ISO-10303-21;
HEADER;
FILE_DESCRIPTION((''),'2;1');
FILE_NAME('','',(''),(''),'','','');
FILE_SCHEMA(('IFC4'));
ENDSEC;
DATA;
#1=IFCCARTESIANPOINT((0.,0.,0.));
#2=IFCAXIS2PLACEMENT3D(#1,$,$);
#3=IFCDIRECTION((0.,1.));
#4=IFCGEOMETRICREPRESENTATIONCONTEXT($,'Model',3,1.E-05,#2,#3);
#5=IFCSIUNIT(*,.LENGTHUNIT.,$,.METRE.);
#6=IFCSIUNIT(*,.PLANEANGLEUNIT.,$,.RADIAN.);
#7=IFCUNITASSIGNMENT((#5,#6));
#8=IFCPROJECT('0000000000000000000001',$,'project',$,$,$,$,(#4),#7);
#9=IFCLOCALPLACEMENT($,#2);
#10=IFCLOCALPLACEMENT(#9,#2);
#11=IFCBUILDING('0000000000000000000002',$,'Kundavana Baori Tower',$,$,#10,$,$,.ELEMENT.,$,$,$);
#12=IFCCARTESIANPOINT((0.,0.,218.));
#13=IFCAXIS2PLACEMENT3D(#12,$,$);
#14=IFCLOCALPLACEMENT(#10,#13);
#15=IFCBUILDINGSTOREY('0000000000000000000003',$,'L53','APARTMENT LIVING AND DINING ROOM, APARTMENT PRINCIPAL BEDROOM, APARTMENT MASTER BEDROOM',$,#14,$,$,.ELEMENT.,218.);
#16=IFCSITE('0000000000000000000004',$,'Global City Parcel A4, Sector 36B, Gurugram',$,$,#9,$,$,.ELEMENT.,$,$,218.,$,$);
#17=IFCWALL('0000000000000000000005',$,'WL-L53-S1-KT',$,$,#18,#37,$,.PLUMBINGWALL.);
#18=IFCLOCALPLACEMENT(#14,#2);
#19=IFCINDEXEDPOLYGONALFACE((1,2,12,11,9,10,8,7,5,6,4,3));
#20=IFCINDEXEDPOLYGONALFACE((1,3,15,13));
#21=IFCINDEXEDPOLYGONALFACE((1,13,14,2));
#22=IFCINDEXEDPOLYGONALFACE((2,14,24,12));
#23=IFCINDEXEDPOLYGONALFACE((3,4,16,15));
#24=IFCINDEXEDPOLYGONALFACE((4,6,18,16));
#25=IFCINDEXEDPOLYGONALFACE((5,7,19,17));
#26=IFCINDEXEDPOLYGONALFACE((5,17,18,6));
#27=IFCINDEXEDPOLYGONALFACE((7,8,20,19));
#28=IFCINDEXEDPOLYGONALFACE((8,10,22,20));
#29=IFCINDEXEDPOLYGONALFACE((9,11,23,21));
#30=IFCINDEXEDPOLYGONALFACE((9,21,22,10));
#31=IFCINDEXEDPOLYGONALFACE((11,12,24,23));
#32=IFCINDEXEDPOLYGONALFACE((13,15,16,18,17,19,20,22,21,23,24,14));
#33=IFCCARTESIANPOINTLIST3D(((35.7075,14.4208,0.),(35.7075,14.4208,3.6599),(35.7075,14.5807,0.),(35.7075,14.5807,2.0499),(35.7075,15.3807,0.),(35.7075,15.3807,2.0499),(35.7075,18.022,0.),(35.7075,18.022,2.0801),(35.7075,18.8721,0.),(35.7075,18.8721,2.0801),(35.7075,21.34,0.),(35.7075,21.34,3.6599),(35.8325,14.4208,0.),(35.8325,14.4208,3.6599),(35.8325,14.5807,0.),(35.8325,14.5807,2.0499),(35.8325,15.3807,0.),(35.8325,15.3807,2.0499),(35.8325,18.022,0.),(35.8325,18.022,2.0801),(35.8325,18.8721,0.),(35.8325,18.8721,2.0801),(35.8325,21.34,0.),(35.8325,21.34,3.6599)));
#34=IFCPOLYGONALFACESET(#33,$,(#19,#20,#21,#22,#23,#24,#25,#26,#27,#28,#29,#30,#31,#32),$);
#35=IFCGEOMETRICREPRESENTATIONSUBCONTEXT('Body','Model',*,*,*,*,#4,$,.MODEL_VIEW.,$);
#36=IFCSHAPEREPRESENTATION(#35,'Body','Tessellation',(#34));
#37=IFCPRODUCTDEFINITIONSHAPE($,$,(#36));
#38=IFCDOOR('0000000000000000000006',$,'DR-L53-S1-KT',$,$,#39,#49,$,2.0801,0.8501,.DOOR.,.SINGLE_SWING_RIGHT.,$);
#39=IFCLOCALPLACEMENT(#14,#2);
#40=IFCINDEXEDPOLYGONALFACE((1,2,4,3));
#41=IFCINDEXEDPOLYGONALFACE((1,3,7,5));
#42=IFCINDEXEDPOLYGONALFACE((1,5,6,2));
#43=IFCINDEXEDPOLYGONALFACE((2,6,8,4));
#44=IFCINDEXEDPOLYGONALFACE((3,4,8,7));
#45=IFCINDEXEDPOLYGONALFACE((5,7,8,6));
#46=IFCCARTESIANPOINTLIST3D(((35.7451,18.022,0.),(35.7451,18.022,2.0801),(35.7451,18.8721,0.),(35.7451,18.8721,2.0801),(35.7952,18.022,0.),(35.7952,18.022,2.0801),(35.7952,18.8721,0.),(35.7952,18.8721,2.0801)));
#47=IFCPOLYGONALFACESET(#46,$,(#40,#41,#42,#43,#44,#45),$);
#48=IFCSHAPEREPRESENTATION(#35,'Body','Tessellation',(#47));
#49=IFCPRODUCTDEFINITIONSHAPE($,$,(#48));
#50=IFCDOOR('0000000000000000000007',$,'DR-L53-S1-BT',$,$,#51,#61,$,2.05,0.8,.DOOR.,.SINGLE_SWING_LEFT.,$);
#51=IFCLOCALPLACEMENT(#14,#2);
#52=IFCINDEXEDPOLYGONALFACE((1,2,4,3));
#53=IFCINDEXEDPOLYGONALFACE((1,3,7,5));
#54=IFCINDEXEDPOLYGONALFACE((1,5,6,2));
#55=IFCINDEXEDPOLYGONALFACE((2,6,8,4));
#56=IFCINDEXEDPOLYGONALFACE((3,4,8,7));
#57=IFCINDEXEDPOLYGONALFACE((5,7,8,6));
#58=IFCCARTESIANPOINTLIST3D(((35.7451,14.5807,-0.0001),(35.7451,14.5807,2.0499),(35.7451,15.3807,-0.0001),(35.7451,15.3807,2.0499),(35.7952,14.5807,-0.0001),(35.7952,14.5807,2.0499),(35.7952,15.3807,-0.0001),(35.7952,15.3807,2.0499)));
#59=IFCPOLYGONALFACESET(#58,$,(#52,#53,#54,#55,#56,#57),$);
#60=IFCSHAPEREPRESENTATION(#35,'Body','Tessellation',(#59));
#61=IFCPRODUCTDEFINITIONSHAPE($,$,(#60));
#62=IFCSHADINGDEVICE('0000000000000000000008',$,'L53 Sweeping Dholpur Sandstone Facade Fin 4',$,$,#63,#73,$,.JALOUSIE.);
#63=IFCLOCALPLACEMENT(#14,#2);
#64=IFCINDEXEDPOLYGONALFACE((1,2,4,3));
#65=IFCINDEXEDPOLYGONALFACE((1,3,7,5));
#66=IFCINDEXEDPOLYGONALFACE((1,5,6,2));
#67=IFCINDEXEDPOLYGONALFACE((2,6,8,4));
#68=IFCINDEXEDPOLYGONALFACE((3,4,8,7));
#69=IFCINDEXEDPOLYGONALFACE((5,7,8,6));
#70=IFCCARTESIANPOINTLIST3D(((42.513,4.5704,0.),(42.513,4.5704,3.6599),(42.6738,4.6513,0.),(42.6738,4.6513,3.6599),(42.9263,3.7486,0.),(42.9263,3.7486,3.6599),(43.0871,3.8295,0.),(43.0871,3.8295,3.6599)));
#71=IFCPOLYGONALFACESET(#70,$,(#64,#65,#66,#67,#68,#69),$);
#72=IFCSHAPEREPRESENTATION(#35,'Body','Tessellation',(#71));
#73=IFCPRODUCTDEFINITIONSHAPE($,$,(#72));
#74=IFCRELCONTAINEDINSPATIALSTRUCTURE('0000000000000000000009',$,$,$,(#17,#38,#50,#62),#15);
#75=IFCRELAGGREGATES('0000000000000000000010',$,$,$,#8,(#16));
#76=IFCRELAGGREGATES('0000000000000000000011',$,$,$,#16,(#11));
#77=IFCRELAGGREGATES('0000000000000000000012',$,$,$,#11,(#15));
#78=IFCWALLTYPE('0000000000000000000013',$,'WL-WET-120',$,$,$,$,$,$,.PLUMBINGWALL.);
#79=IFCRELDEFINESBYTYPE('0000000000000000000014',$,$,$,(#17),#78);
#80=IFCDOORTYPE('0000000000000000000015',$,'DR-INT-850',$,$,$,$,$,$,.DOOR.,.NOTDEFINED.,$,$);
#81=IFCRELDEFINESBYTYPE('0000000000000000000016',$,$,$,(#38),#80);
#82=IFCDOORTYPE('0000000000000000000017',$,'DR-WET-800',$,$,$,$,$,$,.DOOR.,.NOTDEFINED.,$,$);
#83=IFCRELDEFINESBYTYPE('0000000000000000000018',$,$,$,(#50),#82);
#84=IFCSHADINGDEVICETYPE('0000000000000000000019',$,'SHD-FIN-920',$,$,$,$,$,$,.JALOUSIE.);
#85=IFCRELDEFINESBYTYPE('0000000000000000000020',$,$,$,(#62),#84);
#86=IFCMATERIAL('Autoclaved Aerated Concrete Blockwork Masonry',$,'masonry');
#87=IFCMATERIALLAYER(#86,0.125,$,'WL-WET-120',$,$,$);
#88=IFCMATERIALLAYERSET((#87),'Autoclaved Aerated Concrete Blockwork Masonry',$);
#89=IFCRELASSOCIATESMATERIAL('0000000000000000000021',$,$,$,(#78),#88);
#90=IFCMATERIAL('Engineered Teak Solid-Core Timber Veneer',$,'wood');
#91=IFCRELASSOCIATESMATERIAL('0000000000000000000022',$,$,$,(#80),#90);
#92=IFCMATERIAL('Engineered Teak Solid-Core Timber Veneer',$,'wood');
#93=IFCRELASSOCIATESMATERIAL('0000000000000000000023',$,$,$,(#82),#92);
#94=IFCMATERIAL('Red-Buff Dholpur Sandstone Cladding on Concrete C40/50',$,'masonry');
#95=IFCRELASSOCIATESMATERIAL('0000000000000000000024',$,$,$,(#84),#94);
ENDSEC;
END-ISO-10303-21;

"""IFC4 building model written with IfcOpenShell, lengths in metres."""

from ifc_helpers import new_model, si_unit, direction, frame, frame_2d, origin, origin_2d, place, context, subcontext, project, spatial, rectangle, extrude, material, layer, layer_set, type_object, element, fill, save


model = new_model("IFC4")

# Units and contexts
model_context = context("Model", 3, precision=1e-05, world=origin(), true_north=direction((0.0, 1.0)))
body_context = subcontext(model_context, "Body", "Model", "MODEL_VIEW")
ifc_project = project(units=[si_unit("LENGTHUNIT", "METRE"), si_unit("PLANEANGLEUNIT", "RADIAN")], contexts=[model_context])

# Site, building, storey
site_placement = place(None, origin())
site = spatial("IfcSite", under=ifc_project, at=site_placement, Name="Global City Parcel A4, Sector 36B, Gurugram", CompositionType="ELEMENT", RefElevation=218.0)
building_placement = place(site_placement, origin())
building = spatial("IfcBuilding", under=site, at=building_placement, Name="Kundavana Baori Tower", CompositionType="ELEMENT")
storey_placement = place(building_placement, frame((0.0, 0.0, 218.0)))
storey = spatial("IfcBuildingStorey", under=building, at=storey_placement, Name="L53", Description="APARTMENT LIVING AND DINING ROOM, APARTMENT PRINCIPAL BEDROOM, APARTMENT MASTER BEDROOM", CompositionType="ELEMENT", Elevation=218.0)

# Wall, openings, doors
ifc_material_1 = material(Name="Autoclaved Aerated Concrete Blockwork Masonry", Category="masonry")
ifc_layer_1 = layer(ifc_material_1, 0.125, Name="WL-WET-120")
ifc_layer_set_1 = layer_set([ifc_layer_1], Name="Autoclaved Aerated Concrete Blockwork Masonry")
wall_type_1 = type_object("IfcWallType", Name="WL-WET-120", PredefinedType="PLUMBINGWALL", material=ifc_layer_set_1)
wall_1_placement = place(storey_placement, frame((35.77, 14.4209, 0.0), z_axis=(0.0, 0.0, 1.0), x_axis=(0.0, 1.0, 0.0)))
wall_1 = element("IfcWall", 1, at=wall_1_placement, inside=storey, type_object=wall_type_1, Name="WL-L53-S1-KT", PredefinedType="PLUMBINGWALL", context=body_context, shape_type="SweptSolid", body=[
    extrude(rectangle(XDim=6.9192, YDim=0.125, at=frame_2d((3.4595, 0.0))), origin(), (0.0, 0.0, 1.0), 3.6599),
])
opening_1_placement = place(wall_1_placement, frame((0.1599, 0.0, 0.0)))
opening_1 = element("IfcOpeningElement", 2, at=opening_1_placement, cuts=wall_1, PredefinedType="OPENING", context=body_context, shape_type="SweptSolid", body=[
    extrude(rectangle(XDim=0.8, YDim=2.05, at=frame_2d((0.3999, 1.0249))), frame((0.0, 0.0725, 0.0), z_axis=(0.0, -1.0, 0.0), x_axis=(1.0, 0.0, 0.0)), (0.0, 0.0, 1.0), 0.145),
])
opening_2_placement = place(wall_1_placement, frame((3.6011, 0.0, 0.0)))
opening_2 = element("IfcOpeningElement", 3, at=opening_2_placement, cuts=wall_1, PredefinedType="OPENING", context=body_context, shape_type="SweptSolid", body=[
    extrude(rectangle(XDim=0.8501, YDim=2.0801, at=frame_2d((0.425, 1.04))), frame((0.0, 0.0725, 0.0), z_axis=(0.0, -1.0, 0.0), x_axis=(1.0, 0.0, 0.0)), (0.0, 0.0, 1.0), 0.145),
])
ifc_material_2 = material(Name="Engineered Teak Solid-Core Timber Veneer", Category="wood")
door_type_1 = type_object("IfcDoorType", Name="DR-INT-850", OperationType="NOTDEFINED", PredefinedType="DOOR", material=ifc_material_2)
door_1_placement = place(opening_2_placement, origin())
door_1 = element("IfcDoor", 4, at=door_1_placement, inside=storey, type_object=door_type_1, Name="DR-L53-S1-KT", OperationType="SINGLE_SWING_RIGHT", OverallHeight=2.0801, OverallWidth=0.8501, PredefinedType="DOOR", context=body_context, shape_type="SweptSolid", body=[
    extrude(rectangle(XDim=0.8501, YDim=2.0801, at=frame_2d((0.425, 1.04))), frame((0.0, 0.0249, 0.0), z_axis=(0.0, -1.0, 0.0), x_axis=(1.0, 0.0, 0.0)), (0.0, 0.0, 1.0), 0.05),
])
fill(opening_2, door_1)
ifc_material_3 = material(Name="Engineered Teak Solid-Core Timber Veneer", Category="wood")
door_type_2 = type_object("IfcDoorType", Name="DR-WET-800", OperationType="NOTDEFINED", PredefinedType="DOOR", material=ifc_material_3)
door_2_placement = place(opening_1_placement, origin())
door_2 = element("IfcDoor", 5, at=door_2_placement, inside=storey, type_object=door_type_2, Name="DR-L53-S1-BT", OperationType="SINGLE_SWING_LEFT", OverallHeight=2.05, OverallWidth=0.8, PredefinedType="DOOR", context=body_context, shape_type="SweptSolid", body=[
    extrude(rectangle(XDim=0.8, YDim=2.05, at=frame_2d((0.3999, 1.0249))), frame((0.0, 0.0249, 0.0), z_axis=(0.0, -1.0, 0.0), x_axis=(1.0, 0.0, 0.0)), (0.0, 0.0, 1.0), 0.05),
])
fill(opening_1, door_2)

# Shading device
ifc_material_4 = material(Name="Red-Buff Dholpur Sandstone Cladding on Concrete C40/50", Category="masonry")
shading_device_type = type_object("IfcShadingDeviceType", Name="SHD-FIN-920", PredefinedType="JALOUSIE", material=ifc_material_4)
shading_device_placement = place(storey_placement, frame((42.8, 4.2, 0.0), z_axis=(0.0, 0.0, 1.0), x_axis=(0.893371, 0.449319, 0.0)))
element("IfcShadingDevice", 6, at=shading_device_placement, inside=storey, type_object=shading_device_type, Name="L53 Sweeping Dholpur Sandstone Facade Fin 4", PredefinedType="JALOUSIE", context=body_context, shape_type="SweptSolid", body=[
    extrude(rectangle(XDim=0.1799, YDim=0.9199, at=origin_2d()), origin(), (0.0, 0.0, 1.0), 3.6599),
])

save(model, "model.ifc")
